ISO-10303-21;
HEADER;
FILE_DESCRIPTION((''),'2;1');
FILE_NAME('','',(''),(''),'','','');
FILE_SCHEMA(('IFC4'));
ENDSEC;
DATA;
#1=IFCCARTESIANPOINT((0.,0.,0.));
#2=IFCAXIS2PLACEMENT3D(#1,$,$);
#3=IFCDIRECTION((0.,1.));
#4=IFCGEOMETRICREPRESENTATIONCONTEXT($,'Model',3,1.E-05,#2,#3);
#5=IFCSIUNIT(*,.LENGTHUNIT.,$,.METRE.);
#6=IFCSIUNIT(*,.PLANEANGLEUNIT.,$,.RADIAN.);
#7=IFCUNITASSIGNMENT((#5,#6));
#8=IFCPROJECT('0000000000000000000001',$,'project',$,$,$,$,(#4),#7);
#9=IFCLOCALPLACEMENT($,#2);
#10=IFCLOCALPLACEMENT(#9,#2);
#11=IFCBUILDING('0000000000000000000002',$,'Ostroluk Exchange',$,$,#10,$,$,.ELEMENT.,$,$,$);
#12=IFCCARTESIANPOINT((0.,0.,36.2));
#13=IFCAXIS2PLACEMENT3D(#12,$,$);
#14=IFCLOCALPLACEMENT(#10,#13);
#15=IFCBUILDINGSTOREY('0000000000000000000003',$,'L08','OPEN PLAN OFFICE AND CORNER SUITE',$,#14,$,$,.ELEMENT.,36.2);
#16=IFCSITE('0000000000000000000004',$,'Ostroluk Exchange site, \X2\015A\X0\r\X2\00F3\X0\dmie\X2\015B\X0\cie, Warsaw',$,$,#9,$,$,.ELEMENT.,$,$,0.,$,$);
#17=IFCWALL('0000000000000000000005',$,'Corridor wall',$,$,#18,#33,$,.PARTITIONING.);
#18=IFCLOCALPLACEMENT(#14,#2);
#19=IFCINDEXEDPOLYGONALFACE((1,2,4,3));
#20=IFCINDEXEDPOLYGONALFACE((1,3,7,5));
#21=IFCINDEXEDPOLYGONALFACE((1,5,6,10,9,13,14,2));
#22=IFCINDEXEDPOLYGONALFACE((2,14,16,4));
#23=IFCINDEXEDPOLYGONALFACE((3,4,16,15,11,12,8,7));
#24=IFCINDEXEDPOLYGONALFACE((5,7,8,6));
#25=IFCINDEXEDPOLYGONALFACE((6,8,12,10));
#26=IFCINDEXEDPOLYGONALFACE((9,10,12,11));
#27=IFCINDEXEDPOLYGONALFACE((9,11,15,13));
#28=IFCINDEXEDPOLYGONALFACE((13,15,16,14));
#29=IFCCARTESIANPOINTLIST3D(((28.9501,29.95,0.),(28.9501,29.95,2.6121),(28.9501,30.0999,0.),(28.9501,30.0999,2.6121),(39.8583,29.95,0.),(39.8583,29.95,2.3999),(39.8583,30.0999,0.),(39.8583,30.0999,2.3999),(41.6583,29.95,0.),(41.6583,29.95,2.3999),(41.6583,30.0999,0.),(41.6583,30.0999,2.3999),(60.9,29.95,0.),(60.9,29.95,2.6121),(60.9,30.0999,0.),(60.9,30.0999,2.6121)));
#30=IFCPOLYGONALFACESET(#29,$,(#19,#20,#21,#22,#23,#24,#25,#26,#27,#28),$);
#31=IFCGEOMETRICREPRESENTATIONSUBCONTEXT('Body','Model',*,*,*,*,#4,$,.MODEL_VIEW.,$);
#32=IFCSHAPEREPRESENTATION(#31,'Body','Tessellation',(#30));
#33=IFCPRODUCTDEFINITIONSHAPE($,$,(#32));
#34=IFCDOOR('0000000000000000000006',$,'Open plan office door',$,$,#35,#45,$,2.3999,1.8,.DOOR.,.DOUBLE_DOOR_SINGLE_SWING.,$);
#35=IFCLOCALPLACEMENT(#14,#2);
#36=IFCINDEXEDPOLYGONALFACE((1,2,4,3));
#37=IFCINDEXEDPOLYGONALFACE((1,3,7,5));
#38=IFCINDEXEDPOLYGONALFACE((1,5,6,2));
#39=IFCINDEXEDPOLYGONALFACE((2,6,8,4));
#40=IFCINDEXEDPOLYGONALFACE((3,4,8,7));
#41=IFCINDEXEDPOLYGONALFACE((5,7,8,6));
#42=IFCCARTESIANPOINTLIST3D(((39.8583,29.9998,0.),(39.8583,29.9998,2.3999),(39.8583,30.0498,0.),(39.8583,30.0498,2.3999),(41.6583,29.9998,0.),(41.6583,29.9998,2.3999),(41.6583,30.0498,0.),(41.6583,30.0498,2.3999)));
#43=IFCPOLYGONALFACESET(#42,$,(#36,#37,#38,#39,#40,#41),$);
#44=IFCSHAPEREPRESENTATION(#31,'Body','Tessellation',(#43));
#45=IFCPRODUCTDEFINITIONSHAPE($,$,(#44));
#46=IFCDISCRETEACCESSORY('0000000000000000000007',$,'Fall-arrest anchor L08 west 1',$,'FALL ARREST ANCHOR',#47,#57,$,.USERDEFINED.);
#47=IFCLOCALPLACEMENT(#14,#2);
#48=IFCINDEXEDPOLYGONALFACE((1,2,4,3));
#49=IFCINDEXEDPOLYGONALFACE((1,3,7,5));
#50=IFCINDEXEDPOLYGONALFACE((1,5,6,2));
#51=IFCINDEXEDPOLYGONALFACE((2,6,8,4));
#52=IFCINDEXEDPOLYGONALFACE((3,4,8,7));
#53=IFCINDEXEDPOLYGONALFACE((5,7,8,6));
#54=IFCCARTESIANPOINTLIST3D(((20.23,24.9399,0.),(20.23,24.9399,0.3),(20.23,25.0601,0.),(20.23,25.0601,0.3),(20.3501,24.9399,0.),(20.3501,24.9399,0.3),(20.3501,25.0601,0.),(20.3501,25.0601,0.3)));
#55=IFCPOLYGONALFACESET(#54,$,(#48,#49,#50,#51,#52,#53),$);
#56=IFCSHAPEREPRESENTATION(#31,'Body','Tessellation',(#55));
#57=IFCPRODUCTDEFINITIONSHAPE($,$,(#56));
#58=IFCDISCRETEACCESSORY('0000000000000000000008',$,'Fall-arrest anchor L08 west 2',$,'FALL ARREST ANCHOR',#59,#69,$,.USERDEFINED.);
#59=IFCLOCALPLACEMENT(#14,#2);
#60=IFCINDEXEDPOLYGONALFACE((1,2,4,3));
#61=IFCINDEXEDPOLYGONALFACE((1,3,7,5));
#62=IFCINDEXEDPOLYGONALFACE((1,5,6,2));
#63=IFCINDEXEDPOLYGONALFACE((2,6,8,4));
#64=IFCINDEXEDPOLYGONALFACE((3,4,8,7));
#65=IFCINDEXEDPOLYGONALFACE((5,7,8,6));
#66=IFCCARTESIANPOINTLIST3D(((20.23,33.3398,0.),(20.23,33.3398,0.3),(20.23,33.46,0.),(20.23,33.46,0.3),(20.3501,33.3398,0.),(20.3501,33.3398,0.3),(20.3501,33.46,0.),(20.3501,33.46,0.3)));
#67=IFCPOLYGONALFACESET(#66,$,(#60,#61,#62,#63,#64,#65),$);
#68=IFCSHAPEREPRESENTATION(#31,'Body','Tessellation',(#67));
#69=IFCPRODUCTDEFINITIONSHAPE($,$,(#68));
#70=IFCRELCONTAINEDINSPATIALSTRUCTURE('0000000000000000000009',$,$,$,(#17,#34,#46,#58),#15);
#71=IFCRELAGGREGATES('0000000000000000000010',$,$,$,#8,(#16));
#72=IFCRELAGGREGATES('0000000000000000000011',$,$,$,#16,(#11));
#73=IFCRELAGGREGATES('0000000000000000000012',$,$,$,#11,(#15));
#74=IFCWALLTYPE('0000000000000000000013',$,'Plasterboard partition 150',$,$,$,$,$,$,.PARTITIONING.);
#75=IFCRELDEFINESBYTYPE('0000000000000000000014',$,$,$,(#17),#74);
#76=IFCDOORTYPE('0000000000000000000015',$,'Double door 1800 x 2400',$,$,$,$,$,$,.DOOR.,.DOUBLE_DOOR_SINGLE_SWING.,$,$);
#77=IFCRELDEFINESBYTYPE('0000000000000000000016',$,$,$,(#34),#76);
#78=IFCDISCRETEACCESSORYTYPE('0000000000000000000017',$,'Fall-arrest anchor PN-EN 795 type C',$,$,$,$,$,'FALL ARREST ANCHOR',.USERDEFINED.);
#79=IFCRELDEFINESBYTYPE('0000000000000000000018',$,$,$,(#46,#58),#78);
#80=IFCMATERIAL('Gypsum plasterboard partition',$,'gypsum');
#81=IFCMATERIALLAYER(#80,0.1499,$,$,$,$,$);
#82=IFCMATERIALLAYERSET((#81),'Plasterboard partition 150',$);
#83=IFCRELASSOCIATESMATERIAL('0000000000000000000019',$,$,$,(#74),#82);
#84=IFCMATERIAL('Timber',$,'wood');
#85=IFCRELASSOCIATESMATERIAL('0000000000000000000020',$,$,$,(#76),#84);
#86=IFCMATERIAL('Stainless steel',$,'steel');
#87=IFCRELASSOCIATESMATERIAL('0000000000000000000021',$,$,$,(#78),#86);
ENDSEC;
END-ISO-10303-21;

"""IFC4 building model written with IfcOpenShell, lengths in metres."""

from ifc_helpers import new_model, si_unit, direction, frame, frame_2d, origin, origin_2d, place, context, subcontext, project, spatial, rectangle, extrude, material, layer, layer_set, type_object, element, fill, save


model = new_model("IFC4")

# Units and contexts
model_context = context("Model", 3, precision=1e-05, world=origin(), true_north=direction((0.0, 1.0)))
body_context = subcontext(model_context, "Body", "Model", "MODEL_VIEW")
ifc_project = project(units=[si_unit("LENGTHUNIT", "METRE"), si_unit("PLANEANGLEUNIT", "RADIAN")], contexts=[model_context])

# Site, building, storey
site_placement = place(None, origin())
site = spatial("IfcSite", under=ifc_project, at=site_placement, Name="Ostroluk Exchange site, Śródmieście, Warsaw", CompositionType="ELEMENT", RefElevation=0.0)
building_placement = place(site_placement, origin())
building = spatial("IfcBuilding", under=site, at=building_placement, Name="Ostroluk Exchange", CompositionType="ELEMENT")
storey_placement = place(building_placement, frame((0.0, 0.0, 36.2)))
storey = spatial("IfcBuildingStorey", under=building, at=storey_placement, Name="L08", Description="OPEN PLAN OFFICE AND CORNER SUITE", CompositionType="ELEMENT", Elevation=36.2)

# Wall, opening, door
ifc_material_1 = material(Name="Gypsum plasterboard partition", Category="gypsum")
ifc_layer_1 = layer(ifc_material_1, 0.1499)
ifc_layer_set_1 = layer_set([ifc_layer_1], Name="Plasterboard partition 150")
wall_type_1 = type_object("IfcWallType", Name="Plasterboard partition 150", PredefinedType="PARTITIONING", material=ifc_layer_set_1)
wall_1_placement = place(storey_placement, frame((28.95, 30.0249, 0.0), z_axis=(0.0, 0.0, 1.0), x_axis=(1.0, 0.0, 0.0)))
wall_1 = element("IfcWall", 1, at=wall_1_placement, inside=storey, type_object=wall_type_1, Name="Corridor wall", PredefinedType="PARTITIONING", context=body_context, shape_type="SweptSolid", body=[
    extrude(rectangle(XDim=31.95, YDim=0.1499, at=frame_2d((15.9751, 0.0))), origin(), (0.0, 0.0, 1.0), 2.6121),
])
opening_1_placement = place(wall_1_placement, frame((10.9084, 0.0, 0.0)))
opening_1 = element("IfcOpeningElement", 2, at=opening_1_placement, cuts=wall_1, PredefinedType="OPENING", context=body_context, shape_type="SweptSolid", body=[
    extrude(rectangle(XDim=1.8, YDim=2.3999, at=frame_2d((0.8999, 1.2))), frame((0.0, 0.085, 0.0), z_axis=(0.0, -1.0, 0.0), x_axis=(1.0, 0.0, 0.0)), (0.0, 0.0, 1.0), 0.1699),
])
ifc_material_2 = material(Name="Timber", Category="wood")
door_type_1 = type_object("IfcDoorType", Name="Double door 1800 x 2400", OperationType="DOUBLE_DOOR_SINGLE_SWING", PredefinedType="DOOR", material=ifc_material_2)
door_1_placement = place(opening_1_placement, origin())
door_1 = element("IfcDoor", 3, at=door_1_placement, inside=storey, type_object=door_type_1, Name="Open plan office door", OperationType="DOUBLE_DOOR_SINGLE_SWING", OverallHeight=2.3999, OverallWidth=1.8, PredefinedType="DOOR", context=body_context, shape_type="SweptSolid", body=[
    extrude(rectangle(XDim=1.8, YDim=2.3999, at=frame_2d((0.8999, 1.2))), frame((0.0, 0.0249, 0.0), z_axis=(0.0, -1.0, 0.0), x_axis=(1.0, 0.0, 0.0)), (0.0, 0.0, 1.0), 0.05),
])
fill(opening_1, door_1)

# Discrete accessories
ifc_material_3 = material(Name="Stainless steel", Category="steel")
discrete_accessory_type = type_object("IfcDiscreteAccessoryType", Name="Fall-arrest anchor PN-EN 795 type C", ElementType="FALL ARREST ANCHOR", PredefinedType="USERDEFINED", material=ifc_material_3)
for number, where, z_axis, x_axis, name in (
    (4, (20.29, 25.0, 0.0), (0.0, 0.0, 1.0), (1.0, 0.0, 0.0), "Fall-arrest anchor L08 west 1"),
    (5, (20.29, 33.3999, 0.0), (0.0, 0.0, 1.0), (1.0, 0.0, 0.0), "Fall-arrest anchor L08 west 2"),
):
    element("IfcDiscreteAccessory", number, at=place(storey_placement, frame(where, z_axis=z_axis, x_axis=x_axis)), inside=storey, type_object=discrete_accessory_type, Name=name, ObjectType="FALL ARREST ANCHOR", PredefinedType="USERDEFINED", context=body_context, shape_type="SweptSolid", body=[
        extrude(rectangle(XDim=0.1201, YDim=0.1201, at=origin_2d()), origin(), (0.0, 0.0, 1.0), 0.3),
    ])

save(model, "model.ifc")
